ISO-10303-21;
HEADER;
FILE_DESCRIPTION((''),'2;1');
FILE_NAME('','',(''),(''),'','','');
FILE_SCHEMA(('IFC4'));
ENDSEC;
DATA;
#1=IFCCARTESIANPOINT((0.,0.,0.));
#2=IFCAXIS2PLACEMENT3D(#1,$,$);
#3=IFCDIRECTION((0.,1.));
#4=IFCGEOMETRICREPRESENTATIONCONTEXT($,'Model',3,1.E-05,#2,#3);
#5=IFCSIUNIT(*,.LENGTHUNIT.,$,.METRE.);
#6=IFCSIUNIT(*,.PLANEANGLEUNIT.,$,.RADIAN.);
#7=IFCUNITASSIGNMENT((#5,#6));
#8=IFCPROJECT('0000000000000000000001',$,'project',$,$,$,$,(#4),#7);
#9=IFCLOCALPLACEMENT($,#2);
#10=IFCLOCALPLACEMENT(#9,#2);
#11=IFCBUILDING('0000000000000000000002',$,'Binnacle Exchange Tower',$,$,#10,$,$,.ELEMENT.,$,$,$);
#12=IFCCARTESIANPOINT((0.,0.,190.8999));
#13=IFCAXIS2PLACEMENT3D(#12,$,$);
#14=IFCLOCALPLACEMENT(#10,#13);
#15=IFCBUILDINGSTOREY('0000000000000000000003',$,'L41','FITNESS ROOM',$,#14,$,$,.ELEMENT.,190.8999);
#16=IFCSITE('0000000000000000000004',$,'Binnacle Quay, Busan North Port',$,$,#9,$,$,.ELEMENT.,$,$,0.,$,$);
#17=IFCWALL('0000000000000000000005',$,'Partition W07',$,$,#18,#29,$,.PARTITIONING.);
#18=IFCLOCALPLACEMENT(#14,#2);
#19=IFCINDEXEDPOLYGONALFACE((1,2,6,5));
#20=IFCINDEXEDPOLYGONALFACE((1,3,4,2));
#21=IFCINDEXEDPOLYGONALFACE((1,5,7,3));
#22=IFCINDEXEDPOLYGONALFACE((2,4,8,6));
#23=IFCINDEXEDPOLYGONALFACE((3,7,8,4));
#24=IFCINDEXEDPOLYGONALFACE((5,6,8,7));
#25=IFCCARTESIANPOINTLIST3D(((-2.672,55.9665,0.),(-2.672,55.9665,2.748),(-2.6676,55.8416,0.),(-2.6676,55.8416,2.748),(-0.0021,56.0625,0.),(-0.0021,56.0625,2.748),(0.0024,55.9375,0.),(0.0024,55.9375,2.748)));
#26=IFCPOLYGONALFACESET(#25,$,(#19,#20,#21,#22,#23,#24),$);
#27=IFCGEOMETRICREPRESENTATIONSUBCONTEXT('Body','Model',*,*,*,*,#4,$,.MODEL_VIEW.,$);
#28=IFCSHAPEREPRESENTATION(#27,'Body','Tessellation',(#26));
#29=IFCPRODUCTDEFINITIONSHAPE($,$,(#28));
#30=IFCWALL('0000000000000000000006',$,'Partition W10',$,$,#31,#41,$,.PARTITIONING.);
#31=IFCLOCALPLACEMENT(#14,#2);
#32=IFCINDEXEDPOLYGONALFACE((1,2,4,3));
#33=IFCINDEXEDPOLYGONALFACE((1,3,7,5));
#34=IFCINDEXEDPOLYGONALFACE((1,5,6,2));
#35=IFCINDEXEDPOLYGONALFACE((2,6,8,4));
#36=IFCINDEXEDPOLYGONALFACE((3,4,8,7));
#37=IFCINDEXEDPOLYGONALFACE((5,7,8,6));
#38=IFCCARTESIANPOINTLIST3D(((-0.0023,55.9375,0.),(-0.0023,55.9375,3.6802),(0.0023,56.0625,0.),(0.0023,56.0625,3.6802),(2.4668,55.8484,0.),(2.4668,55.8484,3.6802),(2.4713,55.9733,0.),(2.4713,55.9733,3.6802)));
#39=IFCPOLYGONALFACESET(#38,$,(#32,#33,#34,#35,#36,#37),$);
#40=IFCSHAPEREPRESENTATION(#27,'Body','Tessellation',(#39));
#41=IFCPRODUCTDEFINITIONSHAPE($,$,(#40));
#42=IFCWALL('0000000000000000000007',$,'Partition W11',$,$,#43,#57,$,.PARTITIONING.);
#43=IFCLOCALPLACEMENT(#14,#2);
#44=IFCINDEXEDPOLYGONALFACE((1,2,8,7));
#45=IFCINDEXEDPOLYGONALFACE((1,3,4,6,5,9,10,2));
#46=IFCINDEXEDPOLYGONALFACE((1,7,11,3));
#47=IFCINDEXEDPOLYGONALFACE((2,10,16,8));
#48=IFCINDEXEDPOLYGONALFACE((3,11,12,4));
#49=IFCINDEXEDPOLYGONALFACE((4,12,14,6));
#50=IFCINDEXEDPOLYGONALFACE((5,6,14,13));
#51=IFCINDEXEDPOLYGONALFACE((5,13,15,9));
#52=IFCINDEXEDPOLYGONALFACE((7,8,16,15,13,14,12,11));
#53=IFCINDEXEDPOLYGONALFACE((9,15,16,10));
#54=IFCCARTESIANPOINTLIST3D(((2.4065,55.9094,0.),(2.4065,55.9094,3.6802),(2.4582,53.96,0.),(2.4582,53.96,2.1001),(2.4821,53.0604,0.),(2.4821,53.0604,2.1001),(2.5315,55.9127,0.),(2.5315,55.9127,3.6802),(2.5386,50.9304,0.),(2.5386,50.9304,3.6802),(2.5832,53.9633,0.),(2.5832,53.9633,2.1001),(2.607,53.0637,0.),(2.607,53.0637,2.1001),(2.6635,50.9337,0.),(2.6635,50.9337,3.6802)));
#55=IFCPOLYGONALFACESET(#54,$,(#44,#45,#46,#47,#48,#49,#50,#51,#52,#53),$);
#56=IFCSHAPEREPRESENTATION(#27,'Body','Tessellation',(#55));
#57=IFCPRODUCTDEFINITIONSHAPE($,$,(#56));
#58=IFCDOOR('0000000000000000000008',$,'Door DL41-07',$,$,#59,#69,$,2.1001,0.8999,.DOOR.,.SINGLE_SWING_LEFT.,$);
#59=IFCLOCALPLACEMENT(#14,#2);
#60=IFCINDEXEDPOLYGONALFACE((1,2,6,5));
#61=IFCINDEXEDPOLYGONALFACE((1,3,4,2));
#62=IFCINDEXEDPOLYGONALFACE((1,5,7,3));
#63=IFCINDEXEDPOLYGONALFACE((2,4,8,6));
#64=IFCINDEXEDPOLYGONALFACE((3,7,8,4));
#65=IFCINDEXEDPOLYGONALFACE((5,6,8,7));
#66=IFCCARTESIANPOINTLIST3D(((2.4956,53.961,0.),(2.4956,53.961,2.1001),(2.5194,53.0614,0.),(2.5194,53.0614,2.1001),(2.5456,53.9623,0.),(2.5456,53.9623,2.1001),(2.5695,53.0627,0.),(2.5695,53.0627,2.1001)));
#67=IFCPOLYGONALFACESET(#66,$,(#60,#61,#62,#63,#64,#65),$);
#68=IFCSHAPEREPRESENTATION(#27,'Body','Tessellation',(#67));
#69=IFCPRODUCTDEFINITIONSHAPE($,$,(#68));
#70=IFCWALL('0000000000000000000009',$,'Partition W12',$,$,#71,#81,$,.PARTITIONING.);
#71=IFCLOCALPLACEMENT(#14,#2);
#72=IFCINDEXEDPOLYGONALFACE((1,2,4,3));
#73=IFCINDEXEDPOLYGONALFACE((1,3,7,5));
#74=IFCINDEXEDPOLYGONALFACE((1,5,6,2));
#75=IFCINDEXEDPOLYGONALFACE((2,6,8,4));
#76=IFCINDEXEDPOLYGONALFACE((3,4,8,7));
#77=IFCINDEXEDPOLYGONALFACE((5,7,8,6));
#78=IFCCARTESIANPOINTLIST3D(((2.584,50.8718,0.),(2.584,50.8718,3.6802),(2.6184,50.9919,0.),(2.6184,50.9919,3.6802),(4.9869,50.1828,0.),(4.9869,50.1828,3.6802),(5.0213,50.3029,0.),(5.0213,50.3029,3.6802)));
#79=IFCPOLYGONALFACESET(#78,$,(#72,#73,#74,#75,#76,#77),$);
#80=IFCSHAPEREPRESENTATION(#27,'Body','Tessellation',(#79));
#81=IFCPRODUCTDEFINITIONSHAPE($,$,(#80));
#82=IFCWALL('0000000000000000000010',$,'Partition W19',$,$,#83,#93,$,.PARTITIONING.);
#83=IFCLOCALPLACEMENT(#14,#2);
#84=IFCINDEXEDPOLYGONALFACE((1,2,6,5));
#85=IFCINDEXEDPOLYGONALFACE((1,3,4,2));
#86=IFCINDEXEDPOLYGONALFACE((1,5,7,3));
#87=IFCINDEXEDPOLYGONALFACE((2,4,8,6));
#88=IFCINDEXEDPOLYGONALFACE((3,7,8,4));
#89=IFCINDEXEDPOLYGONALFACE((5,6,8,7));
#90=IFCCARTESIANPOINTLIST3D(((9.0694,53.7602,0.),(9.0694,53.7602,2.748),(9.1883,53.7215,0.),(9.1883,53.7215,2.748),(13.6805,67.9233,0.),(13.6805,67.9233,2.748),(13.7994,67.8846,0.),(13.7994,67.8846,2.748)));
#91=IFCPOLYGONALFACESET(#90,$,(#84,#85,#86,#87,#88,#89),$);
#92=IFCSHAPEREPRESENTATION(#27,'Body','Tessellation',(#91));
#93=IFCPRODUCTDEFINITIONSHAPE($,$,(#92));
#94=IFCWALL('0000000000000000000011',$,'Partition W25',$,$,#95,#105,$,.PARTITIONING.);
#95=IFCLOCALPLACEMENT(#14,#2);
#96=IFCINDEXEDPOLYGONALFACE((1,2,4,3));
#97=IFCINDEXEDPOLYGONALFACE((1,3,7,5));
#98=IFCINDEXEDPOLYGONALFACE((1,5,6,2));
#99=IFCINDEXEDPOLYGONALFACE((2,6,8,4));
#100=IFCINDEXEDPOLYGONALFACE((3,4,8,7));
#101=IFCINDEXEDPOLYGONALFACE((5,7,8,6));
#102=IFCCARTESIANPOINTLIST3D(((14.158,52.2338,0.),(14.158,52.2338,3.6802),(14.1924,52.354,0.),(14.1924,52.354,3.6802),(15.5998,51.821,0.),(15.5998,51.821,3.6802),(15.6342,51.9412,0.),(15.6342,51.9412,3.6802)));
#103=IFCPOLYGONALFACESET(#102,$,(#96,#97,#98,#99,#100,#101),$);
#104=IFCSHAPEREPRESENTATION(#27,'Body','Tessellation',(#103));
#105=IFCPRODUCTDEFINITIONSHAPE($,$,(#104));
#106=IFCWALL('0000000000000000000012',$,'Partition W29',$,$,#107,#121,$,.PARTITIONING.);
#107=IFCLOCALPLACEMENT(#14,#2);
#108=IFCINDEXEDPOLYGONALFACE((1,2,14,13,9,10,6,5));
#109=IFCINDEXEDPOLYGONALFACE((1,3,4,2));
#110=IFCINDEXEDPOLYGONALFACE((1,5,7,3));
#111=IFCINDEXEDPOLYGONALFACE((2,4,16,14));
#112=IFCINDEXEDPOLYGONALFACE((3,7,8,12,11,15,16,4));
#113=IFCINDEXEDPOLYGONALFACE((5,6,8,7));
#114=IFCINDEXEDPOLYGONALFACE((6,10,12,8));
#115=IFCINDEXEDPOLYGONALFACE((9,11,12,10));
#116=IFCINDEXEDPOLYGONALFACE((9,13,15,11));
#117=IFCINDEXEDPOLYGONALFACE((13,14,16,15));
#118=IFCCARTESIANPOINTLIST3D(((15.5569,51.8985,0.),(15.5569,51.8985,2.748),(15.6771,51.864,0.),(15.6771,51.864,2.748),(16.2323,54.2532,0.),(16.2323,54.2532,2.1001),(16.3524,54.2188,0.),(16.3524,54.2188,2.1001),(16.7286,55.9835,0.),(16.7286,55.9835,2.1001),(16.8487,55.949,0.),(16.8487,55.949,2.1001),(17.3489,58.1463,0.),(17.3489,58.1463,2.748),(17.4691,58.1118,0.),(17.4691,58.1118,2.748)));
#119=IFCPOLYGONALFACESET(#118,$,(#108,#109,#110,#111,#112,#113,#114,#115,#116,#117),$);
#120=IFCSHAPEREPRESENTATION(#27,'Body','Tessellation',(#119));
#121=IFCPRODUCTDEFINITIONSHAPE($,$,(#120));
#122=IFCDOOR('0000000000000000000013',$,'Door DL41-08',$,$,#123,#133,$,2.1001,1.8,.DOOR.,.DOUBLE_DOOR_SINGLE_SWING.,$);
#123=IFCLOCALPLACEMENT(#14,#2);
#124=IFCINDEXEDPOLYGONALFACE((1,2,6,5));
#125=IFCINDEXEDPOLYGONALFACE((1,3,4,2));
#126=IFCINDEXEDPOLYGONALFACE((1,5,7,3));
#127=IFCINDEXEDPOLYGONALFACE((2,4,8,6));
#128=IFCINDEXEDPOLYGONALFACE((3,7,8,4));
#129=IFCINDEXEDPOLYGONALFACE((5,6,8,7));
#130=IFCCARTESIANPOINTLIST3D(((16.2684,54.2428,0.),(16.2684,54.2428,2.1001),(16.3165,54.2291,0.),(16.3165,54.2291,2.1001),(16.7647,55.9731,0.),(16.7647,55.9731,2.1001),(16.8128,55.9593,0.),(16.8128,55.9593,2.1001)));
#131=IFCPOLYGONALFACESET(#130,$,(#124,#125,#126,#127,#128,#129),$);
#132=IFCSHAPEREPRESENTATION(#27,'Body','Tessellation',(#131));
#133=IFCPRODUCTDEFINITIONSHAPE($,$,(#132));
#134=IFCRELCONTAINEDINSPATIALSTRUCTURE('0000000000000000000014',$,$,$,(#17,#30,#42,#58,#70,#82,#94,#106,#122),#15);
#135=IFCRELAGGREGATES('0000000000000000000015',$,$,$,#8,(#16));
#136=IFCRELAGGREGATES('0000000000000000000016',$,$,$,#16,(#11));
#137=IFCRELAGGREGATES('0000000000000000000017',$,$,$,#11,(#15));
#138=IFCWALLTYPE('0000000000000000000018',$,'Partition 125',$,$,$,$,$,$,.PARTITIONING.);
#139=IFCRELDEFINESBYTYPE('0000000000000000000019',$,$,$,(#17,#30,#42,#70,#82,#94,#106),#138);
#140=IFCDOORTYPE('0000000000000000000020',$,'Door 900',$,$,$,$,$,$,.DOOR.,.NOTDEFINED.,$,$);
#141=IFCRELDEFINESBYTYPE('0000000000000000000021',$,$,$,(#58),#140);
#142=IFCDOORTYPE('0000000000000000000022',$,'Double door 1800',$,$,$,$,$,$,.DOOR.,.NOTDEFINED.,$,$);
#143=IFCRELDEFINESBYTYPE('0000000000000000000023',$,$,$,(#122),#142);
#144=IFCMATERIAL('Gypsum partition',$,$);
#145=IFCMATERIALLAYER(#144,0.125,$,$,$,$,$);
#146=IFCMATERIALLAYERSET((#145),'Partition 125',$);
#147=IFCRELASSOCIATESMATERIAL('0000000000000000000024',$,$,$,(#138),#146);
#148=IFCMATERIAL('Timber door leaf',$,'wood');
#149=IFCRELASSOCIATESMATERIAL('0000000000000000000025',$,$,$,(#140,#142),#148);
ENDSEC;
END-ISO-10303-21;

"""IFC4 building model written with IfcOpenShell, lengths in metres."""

from ifc_helpers import new_model, si_unit, direction, frame, frame_2d, origin, place, context, subcontext, project, spatial, rectangle, extrude, material, layer, layer_set, type_object, element, fill, save


model = new_model("IFC4")

# Units and contexts
model_context = context("Model", 3, precision=1e-05, world=origin(), true_north=direction((0.0, 1.0)))
body_context = subcontext(model_context, "Body", "Model", "MODEL_VIEW")
ifc_project = project(units=[si_unit("LENGTHUNIT", "METRE"), si_unit("PLANEANGLEUNIT", "RADIAN")], contexts=[model_context])

# Site, building, storey
site_placement = place(None, origin())
site = spatial("IfcSite", under=ifc_project, at=site_placement, Name="Binnacle Quay, Busan North Port", CompositionType="ELEMENT", RefElevation=0.0)
building_placement = place(site_placement, origin())
building = spatial("IfcBuilding", under=site, at=building_placement, Name="Binnacle Exchange Tower", CompositionType="ELEMENT")
storey_placement = place(building_placement, frame((0.0, 0.0, 190.8999)))
storey = spatial("IfcBuildingStorey", under=building, at=storey_placement, Name="L41", Description="FITNESS ROOM", CompositionType="ELEMENT", Elevation=190.8999)

# Shared definitions
ifc_material_1 = material(Name="Gypsum partition")
ifc_layer_1 = layer(ifc_material_1, 0.125)
ifc_layer_set_1 = layer_set([ifc_layer_1], Name="Partition 125")
wall_type_1 = type_object("IfcWallType", Name="Partition 125", PredefinedType="PARTITIONING", material=ifc_layer_set_1)
ifc_material_2 = material(Name="Timber door leaf", Category="wood")
door_type_1 = type_object("IfcDoorType", Name="Door 900", OperationType="NOTDEFINED", PredefinedType="DOOR", material=ifc_material_2)

# Walls
wall_1_placement = place(storey_placement, frame((-2.6699, 55.9041, 0.0), z_axis=(0.0, 0.0, 1.0), x_axis=(0.999355, 0.035913, 0.0)))
element("IfcWall", 1, at=wall_1_placement, inside=storey, type_object=wall_type_1, Name="Partition W07", PredefinedType="PARTITIONING", context=body_context, shape_type="SweptSolid", body=[
    extrude(rectangle(XDim=2.6716, YDim=0.125, at=frame_2d((1.3359, 0.0))), origin(), (0.0, 0.0, 1.0), 2.748),
])
wall_2_placement = place(storey_placement, frame((0.0, 56.0, 0.0), z_axis=(0.0, 0.0, 1.0), x_axis=(0.999349, -0.036069, 0.0)))
element("IfcWall", 2, at=wall_2_placement, inside=storey, type_object=wall_type_1, Name="Partition W10", PredefinedType="PARTITIONING", context=body_context, shape_type="SweptSolid", body=[
    extrude(rectangle(XDim=2.4707, YDim=0.125, at=frame_2d((1.2354, 0.0))), origin(), (0.0, 0.0, 1.0), 3.6802),
])

# Wall, opening, door
wall_3_placement = place(storey_placement, frame((2.469, 55.9109, 0.0), z_axis=(0.0, 0.0, 1.0), x_axis=(0.026518, -0.999648, 0.0)))
wall_3 = element("IfcWall", 3, at=wall_3_placement, inside=storey, type_object=wall_type_1, Name="Partition W11", PredefinedType="PARTITIONING", context=body_context, shape_type="SweptSolid", body=[
    extrude(rectangle(XDim=4.9807, YDim=0.125, at=frame_2d((2.4902, 0.0))), origin(), (0.0, 0.0, 1.0), 3.6802),
])
opening_1_placement = place(wall_3_placement, frame((1.95, 0.0, 0.0)))
opening_1 = element("IfcOpeningElement", 4, at=opening_1_placement, cuts=wall_3, PredefinedType="OPENING", context=body_context, shape_type="SweptSolid", body=[
    extrude(rectangle(XDim=0.8999, YDim=2.1001, at=frame_2d((0.45, 1.05))), frame((0.0, 0.0725, 0.0), z_axis=(0.0, -1.0, 0.0), x_axis=(1.0, 0.0, 0.0)), (0.0, 0.0, 1.0), 0.145),
])
door_1_placement = place(opening_1_placement, origin())
door_1 = element("IfcDoor", 5, at=door_1_placement, inside=storey, type_object=door_type_1, Name="Door DL41-07", OperationType="SINGLE_SWING_LEFT", OverallHeight=2.1001, OverallWidth=0.8999, PredefinedType="DOOR", context=body_context, shape_type="SweptSolid", body=[
    extrude(rectangle(XDim=0.8999, YDim=2.1001, at=frame_2d((0.45, 1.05))), frame((0.0, 0.0249, 0.0), z_axis=(0.0, -1.0, 0.0), x_axis=(1.0, 0.0, 0.0)), (0.0, 0.0, 1.0), 0.05),
])
fill(opening_1, door_1)

# Walls
wall_4_placement = place(storey_placement, frame((2.6011, 50.9319, 0.0), z_axis=(0.0, 0.0, 1.0), x_axis=(0.961266, -0.275624, 0.0)))
element("IfcWall", 6, at=wall_4_placement, inside=storey, type_object=wall_type_1, Name="Partition W12", PredefinedType="PARTITIONING", context=body_context, shape_type="SweptSolid", body=[
    extrude(rectangle(XDim=2.4998, YDim=0.125, at=frame_2d((1.25, 0.0))), origin(), (0.0, 0.0, 1.0), 3.6802),
])
wall_5_placement = place(storey_placement, frame((9.1289, 53.741, 0.0), z_axis=(0.0, 0.0, 1.0), x_axis=(0.309577, 0.950874, 0.0)))
element("IfcWall", 7, at=wall_5_placement, inside=storey, type_object=wall_type_1, Name="Partition W19", PredefinedType="PARTITIONING", context=body_context, shape_type="SweptSolid", body=[
    extrude(rectangle(XDim=14.8948, YDim=0.125, at=frame_2d((7.4473, 0.0))), origin(), (0.0, 0.0, 1.0), 2.748),
])
wall_6_placement = place(storey_placement, frame((14.175, 52.2939, 0.0), z_axis=(0.0, 0.0, 1.0), x_axis=(0.96137, -0.275259, 0.0)))
element("IfcWall", 8, at=wall_6_placement, inside=storey, type_object=wall_type_1, Name="Partition W25", PredefinedType="PARTITIONING", context=body_context, shape_type="SweptSolid", body=[
    extrude(rectangle(XDim=1.4998, YDim=0.125, at=frame_2d((0.75, 0.0))), origin(), (0.0, 0.0, 1.0), 3.6802),
])

# Wall, opening, door
wall_7_placement = place(storey_placement, frame((15.6169, 51.8811, 0.0), z_axis=(0.0, 0.0, 1.0), x_axis=(0.275703, 0.961243, 0.0)))
wall_7 = element("IfcWall", 9, at=wall_7_placement, inside=storey, type_object=wall_type_1, Name="Partition W29", PredefinedType="PARTITIONING", context=body_context, shape_type="SweptSolid", body=[
    extrude(rectangle(XDim=6.4998, YDim=0.125, at=frame_2d((3.25, 0.0))), origin(), (0.0, 0.0, 1.0), 2.748),
])
opening_2_placement = place(wall_7_placement, frame((2.45, 0.0, 0.0)))
opening_2 = element("IfcOpeningElement", 10, at=opening_2_placement, cuts=wall_7, PredefinedType="OPENING", context=body_context, shape_type="SweptSolid", body=[
    extrude(rectangle(XDim=1.8, YDim=2.1001, at=frame_2d((0.8999, 1.05))), frame((0.0, 0.0725, 0.0), z_axis=(0.0, -1.0, 0.0), x_axis=(1.0, 0.0, 0.0)), (0.0, 0.0, 1.0), 0.145),
])
door_type_2 = type_object("IfcDoorType", Name="Double door 1800", OperationType="NOTDEFINED", PredefinedType="DOOR", material=ifc_material_2)
door_2_placement = place(opening_2_placement, origin())
door_2 = element("IfcDoor", 11, at=door_2_placement, inside=storey, type_object=door_type_2, Name="Door DL41-08", OperationType="DOUBLE_DOOR_SINGLE_SWING", OverallHeight=2.1001, OverallWidth=1.8, PredefinedType="DOOR", context=body_context, shape_type="SweptSolid", body=[
    extrude(rectangle(XDim=1.8, YDim=2.1001, at=frame_2d((0.8999, 1.05))), frame((0.0, 0.0249, 0.0), z_axis=(0.0, -1.0, 0.0), x_axis=(1.0, 0.0, 0.0)), (0.0, 0.0, 1.0), 0.05),
])
fill(opening_2, door_2)

save(model, "model.ifc")
